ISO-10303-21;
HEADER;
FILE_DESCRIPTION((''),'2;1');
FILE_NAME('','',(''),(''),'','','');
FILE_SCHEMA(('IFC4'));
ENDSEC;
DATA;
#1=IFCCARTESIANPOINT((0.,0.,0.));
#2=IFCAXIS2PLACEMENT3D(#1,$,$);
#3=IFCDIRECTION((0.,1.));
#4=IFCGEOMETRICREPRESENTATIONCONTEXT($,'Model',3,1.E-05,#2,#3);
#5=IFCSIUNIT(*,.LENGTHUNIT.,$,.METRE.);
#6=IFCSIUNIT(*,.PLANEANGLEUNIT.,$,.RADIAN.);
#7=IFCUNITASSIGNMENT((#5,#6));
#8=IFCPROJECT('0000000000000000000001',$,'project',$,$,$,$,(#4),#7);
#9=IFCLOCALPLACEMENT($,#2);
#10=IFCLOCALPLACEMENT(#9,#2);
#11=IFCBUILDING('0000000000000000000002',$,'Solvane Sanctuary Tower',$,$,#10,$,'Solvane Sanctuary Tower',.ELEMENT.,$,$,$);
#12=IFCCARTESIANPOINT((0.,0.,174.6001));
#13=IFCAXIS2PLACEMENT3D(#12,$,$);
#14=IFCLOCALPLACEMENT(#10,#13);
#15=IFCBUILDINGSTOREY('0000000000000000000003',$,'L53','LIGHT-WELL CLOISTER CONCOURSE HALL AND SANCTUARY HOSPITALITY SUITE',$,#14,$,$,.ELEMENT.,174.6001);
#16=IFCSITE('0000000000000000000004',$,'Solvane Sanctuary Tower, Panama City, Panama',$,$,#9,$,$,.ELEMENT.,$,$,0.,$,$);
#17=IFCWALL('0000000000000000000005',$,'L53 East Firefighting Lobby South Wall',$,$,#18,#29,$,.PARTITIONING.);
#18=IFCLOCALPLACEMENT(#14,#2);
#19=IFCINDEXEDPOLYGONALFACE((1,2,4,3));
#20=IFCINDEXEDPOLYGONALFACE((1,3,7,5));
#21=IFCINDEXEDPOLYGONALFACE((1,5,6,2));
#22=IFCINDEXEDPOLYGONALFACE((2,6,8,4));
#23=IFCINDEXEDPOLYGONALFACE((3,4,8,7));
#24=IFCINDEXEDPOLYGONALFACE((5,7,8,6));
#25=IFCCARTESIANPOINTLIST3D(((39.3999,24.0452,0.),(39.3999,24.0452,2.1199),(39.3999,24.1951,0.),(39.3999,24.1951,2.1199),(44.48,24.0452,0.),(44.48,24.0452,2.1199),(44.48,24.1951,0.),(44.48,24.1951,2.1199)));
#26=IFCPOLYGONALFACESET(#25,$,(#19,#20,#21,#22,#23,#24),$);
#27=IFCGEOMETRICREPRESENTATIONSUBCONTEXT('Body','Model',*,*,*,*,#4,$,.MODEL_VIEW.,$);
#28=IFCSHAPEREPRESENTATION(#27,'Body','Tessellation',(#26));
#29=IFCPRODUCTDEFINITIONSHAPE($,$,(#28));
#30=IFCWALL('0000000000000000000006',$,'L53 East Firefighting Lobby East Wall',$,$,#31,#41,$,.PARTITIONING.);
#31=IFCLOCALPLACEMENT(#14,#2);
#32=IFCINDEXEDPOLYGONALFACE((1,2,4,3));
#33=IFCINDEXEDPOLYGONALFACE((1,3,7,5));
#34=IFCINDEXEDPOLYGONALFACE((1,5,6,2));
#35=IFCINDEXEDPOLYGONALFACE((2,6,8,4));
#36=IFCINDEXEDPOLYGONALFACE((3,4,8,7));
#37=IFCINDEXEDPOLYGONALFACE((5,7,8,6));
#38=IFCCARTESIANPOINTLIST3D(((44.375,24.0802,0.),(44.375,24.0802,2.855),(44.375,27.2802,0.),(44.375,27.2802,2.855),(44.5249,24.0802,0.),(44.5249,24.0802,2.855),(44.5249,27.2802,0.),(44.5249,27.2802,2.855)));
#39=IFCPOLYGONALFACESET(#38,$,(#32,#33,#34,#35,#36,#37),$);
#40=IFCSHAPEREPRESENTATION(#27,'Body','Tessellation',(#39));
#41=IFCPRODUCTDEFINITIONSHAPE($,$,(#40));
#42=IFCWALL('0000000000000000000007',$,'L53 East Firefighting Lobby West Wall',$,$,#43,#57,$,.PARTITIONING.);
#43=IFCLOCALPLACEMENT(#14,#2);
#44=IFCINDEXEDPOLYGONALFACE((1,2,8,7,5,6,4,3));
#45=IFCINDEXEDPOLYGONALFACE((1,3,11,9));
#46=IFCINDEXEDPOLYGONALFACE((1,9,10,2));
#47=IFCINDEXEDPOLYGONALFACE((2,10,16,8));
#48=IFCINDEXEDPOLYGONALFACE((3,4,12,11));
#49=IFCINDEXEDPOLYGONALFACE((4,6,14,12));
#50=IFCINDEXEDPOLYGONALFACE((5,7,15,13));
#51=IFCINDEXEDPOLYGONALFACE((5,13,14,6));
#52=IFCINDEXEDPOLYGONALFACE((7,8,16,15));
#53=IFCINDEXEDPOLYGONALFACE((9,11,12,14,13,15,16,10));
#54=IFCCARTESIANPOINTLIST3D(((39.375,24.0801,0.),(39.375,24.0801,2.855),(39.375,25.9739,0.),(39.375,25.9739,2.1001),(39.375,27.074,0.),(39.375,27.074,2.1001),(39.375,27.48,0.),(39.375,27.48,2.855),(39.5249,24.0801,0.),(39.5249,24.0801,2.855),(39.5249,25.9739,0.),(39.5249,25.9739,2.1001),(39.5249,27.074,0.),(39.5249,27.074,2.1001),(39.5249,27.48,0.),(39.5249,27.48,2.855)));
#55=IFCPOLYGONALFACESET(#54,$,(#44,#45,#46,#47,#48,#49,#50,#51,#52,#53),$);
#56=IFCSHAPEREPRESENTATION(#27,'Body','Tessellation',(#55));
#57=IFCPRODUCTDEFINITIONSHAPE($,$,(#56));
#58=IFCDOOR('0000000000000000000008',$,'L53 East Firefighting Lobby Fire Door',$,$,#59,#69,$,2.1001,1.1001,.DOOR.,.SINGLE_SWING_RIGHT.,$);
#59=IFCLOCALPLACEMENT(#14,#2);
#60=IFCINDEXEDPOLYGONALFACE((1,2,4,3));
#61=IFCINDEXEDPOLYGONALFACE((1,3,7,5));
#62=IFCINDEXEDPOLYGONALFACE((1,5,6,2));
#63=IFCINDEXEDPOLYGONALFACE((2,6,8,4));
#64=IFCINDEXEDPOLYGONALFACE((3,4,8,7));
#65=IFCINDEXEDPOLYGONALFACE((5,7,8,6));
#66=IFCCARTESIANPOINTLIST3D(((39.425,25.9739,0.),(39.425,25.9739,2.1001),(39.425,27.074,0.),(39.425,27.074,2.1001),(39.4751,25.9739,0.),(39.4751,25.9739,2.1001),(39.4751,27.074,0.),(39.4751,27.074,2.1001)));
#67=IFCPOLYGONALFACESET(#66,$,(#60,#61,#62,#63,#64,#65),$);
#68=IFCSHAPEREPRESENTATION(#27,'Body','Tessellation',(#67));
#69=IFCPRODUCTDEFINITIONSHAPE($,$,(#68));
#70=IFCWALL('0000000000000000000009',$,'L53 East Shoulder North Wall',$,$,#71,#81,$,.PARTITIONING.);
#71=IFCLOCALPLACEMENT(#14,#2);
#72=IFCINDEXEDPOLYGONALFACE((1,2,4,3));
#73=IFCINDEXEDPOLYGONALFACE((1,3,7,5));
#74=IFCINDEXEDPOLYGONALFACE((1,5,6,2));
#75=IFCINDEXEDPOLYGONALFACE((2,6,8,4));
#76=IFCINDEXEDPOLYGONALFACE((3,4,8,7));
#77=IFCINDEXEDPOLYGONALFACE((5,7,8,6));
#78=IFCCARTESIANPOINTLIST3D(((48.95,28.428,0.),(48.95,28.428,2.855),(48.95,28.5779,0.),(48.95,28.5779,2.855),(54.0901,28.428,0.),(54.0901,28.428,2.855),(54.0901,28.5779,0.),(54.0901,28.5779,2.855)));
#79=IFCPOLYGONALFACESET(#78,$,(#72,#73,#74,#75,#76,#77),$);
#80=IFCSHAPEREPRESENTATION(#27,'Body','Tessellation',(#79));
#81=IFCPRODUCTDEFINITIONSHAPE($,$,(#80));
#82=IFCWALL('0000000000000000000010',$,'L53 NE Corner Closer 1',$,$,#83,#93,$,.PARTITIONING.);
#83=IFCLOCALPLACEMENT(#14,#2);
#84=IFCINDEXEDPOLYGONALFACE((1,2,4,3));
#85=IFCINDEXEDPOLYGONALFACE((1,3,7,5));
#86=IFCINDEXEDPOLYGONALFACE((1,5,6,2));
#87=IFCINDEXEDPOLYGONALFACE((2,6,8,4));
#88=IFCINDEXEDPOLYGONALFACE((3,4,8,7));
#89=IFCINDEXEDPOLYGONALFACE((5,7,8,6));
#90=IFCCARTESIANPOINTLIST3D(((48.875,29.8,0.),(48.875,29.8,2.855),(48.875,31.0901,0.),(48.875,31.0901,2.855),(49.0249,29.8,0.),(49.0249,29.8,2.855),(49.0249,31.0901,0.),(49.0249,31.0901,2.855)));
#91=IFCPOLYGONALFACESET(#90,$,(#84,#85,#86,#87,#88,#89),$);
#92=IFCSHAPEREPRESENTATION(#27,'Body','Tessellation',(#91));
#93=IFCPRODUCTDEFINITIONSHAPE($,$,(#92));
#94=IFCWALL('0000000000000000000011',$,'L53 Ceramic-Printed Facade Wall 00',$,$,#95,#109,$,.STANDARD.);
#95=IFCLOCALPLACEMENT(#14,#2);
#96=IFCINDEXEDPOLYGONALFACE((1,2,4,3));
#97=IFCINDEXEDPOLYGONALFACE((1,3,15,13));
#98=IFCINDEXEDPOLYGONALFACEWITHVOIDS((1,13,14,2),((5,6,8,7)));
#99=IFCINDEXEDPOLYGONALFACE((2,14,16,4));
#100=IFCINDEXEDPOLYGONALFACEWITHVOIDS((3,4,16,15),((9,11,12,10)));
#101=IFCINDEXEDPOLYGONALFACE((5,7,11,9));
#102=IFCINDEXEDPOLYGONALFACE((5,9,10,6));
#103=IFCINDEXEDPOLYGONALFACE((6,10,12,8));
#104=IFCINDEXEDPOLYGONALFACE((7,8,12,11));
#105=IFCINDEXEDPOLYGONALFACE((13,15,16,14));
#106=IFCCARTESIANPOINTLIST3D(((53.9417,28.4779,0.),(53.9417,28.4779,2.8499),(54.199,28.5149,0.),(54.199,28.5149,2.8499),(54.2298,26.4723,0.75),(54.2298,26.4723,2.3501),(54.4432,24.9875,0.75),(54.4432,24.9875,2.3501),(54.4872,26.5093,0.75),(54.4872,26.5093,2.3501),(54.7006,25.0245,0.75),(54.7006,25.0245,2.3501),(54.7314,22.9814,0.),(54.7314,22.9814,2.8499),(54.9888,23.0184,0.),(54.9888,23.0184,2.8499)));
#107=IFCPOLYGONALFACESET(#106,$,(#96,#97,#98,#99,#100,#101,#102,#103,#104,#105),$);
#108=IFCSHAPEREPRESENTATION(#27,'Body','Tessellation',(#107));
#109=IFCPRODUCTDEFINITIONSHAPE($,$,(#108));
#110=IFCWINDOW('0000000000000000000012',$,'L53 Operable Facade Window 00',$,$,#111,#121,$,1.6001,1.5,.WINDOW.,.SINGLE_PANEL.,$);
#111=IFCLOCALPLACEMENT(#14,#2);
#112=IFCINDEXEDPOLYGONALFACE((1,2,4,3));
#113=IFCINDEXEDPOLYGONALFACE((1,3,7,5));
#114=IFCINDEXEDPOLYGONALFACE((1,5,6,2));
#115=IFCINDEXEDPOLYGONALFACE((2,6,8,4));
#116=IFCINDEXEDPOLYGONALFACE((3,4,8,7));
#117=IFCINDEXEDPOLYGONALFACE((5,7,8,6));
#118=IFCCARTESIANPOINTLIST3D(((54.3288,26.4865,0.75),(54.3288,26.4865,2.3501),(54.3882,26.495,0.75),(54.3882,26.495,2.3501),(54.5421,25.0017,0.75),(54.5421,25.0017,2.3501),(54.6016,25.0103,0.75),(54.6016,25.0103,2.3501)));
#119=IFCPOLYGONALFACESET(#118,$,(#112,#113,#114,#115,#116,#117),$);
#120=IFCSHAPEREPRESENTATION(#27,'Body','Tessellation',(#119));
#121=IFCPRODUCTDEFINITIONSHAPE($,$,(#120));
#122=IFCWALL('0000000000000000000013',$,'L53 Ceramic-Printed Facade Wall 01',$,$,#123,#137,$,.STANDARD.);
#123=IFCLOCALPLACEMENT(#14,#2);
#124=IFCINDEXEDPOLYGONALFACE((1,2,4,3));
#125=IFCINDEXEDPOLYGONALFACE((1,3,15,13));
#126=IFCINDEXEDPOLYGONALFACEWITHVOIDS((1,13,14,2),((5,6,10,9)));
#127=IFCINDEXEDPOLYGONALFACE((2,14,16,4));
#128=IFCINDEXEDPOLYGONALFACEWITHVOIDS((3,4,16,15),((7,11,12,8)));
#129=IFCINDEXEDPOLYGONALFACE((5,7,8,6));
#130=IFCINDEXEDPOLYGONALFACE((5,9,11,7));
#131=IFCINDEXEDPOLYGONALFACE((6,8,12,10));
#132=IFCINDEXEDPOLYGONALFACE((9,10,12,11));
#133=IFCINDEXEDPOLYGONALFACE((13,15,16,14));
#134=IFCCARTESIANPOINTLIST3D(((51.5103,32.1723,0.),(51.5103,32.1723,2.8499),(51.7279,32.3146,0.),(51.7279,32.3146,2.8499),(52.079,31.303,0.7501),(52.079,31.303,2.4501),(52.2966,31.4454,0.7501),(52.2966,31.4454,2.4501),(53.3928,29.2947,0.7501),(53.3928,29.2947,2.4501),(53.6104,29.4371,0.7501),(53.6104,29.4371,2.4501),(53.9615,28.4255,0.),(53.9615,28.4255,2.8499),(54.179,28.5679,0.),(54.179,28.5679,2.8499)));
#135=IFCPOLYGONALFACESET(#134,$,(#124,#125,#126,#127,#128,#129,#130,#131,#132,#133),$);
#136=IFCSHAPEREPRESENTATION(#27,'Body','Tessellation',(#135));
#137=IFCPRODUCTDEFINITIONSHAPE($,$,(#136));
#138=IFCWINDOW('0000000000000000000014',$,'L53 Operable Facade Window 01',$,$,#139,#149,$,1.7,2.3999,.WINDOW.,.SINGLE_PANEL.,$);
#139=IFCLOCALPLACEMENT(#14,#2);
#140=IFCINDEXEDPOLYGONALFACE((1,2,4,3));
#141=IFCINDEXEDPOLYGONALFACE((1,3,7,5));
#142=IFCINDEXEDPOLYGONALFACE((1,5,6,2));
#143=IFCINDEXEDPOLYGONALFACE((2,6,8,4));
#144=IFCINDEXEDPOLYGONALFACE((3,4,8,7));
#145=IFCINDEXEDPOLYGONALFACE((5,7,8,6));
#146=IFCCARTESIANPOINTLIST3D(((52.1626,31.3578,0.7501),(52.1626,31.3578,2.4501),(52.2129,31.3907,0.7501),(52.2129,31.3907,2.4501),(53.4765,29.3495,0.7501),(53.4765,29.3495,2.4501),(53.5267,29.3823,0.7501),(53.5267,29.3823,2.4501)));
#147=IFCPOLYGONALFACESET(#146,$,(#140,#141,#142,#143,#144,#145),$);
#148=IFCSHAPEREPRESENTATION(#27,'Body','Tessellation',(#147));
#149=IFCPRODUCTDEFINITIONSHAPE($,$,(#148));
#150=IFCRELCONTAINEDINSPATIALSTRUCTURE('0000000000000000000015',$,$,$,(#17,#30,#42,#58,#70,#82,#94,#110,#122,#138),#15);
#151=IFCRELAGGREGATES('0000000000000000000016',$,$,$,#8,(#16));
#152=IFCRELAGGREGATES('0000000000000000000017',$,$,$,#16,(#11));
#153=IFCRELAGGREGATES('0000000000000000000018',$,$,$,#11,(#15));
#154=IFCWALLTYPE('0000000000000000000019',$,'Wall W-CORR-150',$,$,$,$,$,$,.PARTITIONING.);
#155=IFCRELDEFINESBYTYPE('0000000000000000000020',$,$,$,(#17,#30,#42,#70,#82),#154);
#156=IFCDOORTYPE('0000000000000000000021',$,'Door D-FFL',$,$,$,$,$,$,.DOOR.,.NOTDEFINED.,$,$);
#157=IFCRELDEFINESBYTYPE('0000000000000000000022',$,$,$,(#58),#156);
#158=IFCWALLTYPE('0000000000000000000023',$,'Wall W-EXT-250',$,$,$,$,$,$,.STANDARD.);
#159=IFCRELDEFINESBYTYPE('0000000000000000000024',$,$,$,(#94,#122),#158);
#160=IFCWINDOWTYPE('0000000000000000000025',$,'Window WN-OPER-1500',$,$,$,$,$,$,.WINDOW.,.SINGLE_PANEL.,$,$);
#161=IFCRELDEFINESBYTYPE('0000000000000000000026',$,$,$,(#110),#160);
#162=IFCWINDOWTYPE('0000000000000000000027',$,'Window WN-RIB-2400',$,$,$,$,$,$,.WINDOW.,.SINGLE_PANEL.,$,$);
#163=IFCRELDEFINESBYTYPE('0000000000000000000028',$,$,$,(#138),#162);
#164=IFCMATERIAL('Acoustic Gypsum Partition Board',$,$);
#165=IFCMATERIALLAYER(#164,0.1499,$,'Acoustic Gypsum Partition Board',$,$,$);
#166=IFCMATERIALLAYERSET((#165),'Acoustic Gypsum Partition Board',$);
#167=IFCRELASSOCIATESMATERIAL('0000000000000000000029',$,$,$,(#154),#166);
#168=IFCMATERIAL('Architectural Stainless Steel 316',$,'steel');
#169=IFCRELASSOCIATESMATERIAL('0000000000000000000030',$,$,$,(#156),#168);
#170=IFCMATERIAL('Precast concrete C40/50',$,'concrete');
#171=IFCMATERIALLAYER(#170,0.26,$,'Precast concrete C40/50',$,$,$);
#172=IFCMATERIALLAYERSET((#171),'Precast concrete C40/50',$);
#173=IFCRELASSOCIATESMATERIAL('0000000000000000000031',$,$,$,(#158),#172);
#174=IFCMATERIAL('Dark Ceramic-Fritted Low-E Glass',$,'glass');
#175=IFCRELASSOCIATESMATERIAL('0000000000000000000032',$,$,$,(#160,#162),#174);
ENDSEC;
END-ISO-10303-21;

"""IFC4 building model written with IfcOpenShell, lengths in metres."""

from ifc_helpers import new_model, si_unit, direction, frame, frame_2d, origin, place, context, subcontext, project, spatial, rectangle, extrude, material, layer, layer_set, type_object, element, fill, save


model = new_model("IFC4")

# Units and contexts
model_context = context("Model", 3, precision=1e-05, world=origin(), true_north=direction((0.0, 1.0)))
body_context = subcontext(model_context, "Body", "Model", "MODEL_VIEW")
ifc_project = project(units=[si_unit("LENGTHUNIT", "METRE"), si_unit("PLANEANGLEUNIT", "RADIAN")], contexts=[model_context])

# Site, building, storey
site_placement = place(None, origin())
site = spatial("IfcSite", under=ifc_project, at=site_placement, Name="Solvane Sanctuary Tower, Panama City, Panama", CompositionType="ELEMENT", RefElevation=0.0)
building_placement = place(site_placement, origin())
building = spatial("IfcBuilding", under=site, at=building_placement, Name="Solvane Sanctuary Tower", LongName="Solvane Sanctuary Tower", CompositionType="ELEMENT")
storey_placement = place(building_placement, frame((0.0, 0.0, 174.6001)))
storey = spatial("IfcBuildingStorey", under=building, at=storey_placement, Name="L53", Description="LIGHT-WELL CLOISTER CONCOURSE HALL AND SANCTUARY HOSPITALITY SUITE", CompositionType="ELEMENT", Elevation=174.6001)

# Walls
ifc_material_1 = material(Name="Acoustic Gypsum Partition Board")
ifc_layer_1 = layer(ifc_material_1, 0.1499, Name="Acoustic Gypsum Partition Board")
ifc_layer_set_1 = layer_set([ifc_layer_1], Name="Acoustic Gypsum Partition Board")
wall_type_1 = type_object("IfcWallType", Name="Wall W-CORR-150", PredefinedType="PARTITIONING", material=ifc_layer_set_1)
wall_1_placement = place(storey_placement, frame((39.3999, 24.1201, 0.0), z_axis=(0.0, 0.0, 1.0), x_axis=(1.0, 0.0, 0.0)))
element("IfcWall", 1, at=wall_1_placement, inside=storey, type_object=wall_type_1, Name="L53 East Firefighting Lobby South Wall", PredefinedType="PARTITIONING", context=body_context, shape_type="SweptSolid", body=[
    extrude(rectangle(XDim=5.0801, YDim=0.1499, at=frame_2d((2.54, 0.0))), origin(), (0.0, 0.0, 1.0), 2.1199),
])
wall_2_placement = place(storey_placement, frame((44.45, 24.0801, 0.0), z_axis=(0.0, 0.0, 1.0), x_axis=(0.0, 1.0, 0.0)))
element("IfcWall", 2, at=wall_2_placement, inside=storey, type_object=wall_type_1, Name="L53 East Firefighting Lobby East Wall", PredefinedType="PARTITIONING", context=body_context, shape_type="SweptSolid", body=[
    extrude(rectangle(XDim=3.2, YDim=0.1499, at=frame_2d((1.6001, 0.0))), origin(), (0.0, 0.0, 1.0), 2.855),
])

# Wall, opening, door
wall_3_placement = place(storey_placement, frame((39.45, 24.0801, 0.0), z_axis=(0.0, 0.0, 1.0), x_axis=(0.0, 1.0, 0.0)))
wall_3 = element("IfcWall", 3, at=wall_3_placement, inside=storey, type_object=wall_type_1, Name="L53 East Firefighting Lobby West Wall", PredefinedType="PARTITIONING", context=body_context, shape_type="SweptSolid", body=[
    extrude(rectangle(XDim=3.3999, YDim=0.1499, at=frame_2d((1.7, 0.0))), origin(), (0.0, 0.0, 1.0), 2.855),
])
opening_1_placement = place(wall_3_placement, frame((1.8938, 0.0, 0.0)))
opening_1 = element("IfcOpeningElement", 4, at=opening_1_placement, cuts=wall_3, PredefinedType="OPENING", context=body_context, shape_type="SweptSolid", body=[
    extrude(rectangle(XDim=1.1001, YDim=2.1001, at=frame_2d((0.55, 1.05))), frame((0.0, 0.085, 0.0), z_axis=(0.0, -1.0, 0.0), x_axis=(1.0, 0.0, 0.0)), (0.0, 0.0, 1.0), 0.1699),
])
ifc_material_2 = material(Name="Architectural Stainless Steel 316", Category="steel")
door_type_1 = type_object("IfcDoorType", Name="Door D-FFL", OperationType="NOTDEFINED", PredefinedType="DOOR", material=ifc_material_2)
door_1_placement = place(opening_1_placement, origin())
door_1 = element("IfcDoor", 5, at=door_1_placement, inside=storey, type_object=door_type_1, Name="L53 East Firefighting Lobby Fire Door", OperationType="SINGLE_SWING_RIGHT", OverallHeight=2.1001, OverallWidth=1.1001, PredefinedType="DOOR", context=body_context, shape_type="SweptSolid", body=[
    extrude(rectangle(XDim=1.1001, YDim=2.1001, at=frame_2d((0.55, 1.05))), frame((0.0, 0.0249, 0.0), z_axis=(0.0, -1.0, 0.0), x_axis=(1.0, 0.0, 0.0)), (0.0, 0.0, 1.0), 0.05),
])
fill(opening_1, door_1)

# Walls
wall_4_placement = place(storey_placement, frame((48.95, 28.5029, 0.0), z_axis=(0.0, 0.0, 1.0), x_axis=(1.0, 0.0, 0.0)))
element("IfcWall", 6, at=wall_4_placement, inside=storey, type_object=wall_type_1, Name="L53 East Shoulder North Wall", PredefinedType="PARTITIONING", context=body_context, shape_type="SweptSolid", body=[
    extrude(rectangle(XDim=5.1401, YDim=0.1499, at=frame_2d((2.5701, 0.0))), origin(), (0.0, 0.0, 1.0), 2.855),
])
wall_5_placement = place(storey_placement, frame((48.95, 29.8, 0.0), z_axis=(0.0, 0.0, 1.0), x_axis=(0.0, 1.0, 0.0)))
element("IfcWall", 7, at=wall_5_placement, inside=storey, type_object=wall_type_1, Name="L53 NE Corner Closer 1", PredefinedType="PARTITIONING", context=body_context, shape_type="SweptSolid", body=[
    extrude(rectangle(XDim=1.29, YDim=0.1499, at=frame_2d((0.645, 0.0))), origin(), (0.0, 0.0, 1.0), 2.855),
])

# Walls, openings, windows
ifc_material_3 = material(Name="Precast concrete C40/50", Category="concrete")
ifc_layer_2 = layer(ifc_material_3, 0.26, Name="Precast concrete C40/50")
ifc_layer_set_2 = layer_set([ifc_layer_2], Name="Precast concrete C40/50")
wall_type_2 = type_object("IfcWallType", Name="Wall W-EXT-250", PredefinedType="STANDARD", material=ifc_layer_set_2)
wall_6_placement = place(storey_placement, frame((54.8601, 23.0, 0.0), z_axis=(0.0, 0.0, 1.0), x_axis=(-0.142228, 0.989834, 0.0)))
wall_6 = element("IfcWall", 8, at=wall_6_placement, inside=storey, type_object=wall_type_2, Name="L53 Ceramic-Printed Facade Wall 00", PredefinedType="STANDARD", context=body_context, shape_type="SweptSolid", body=[
    extrude(rectangle(XDim=5.553, YDim=0.26, at=frame_2d((2.7764, 0.0))), origin(), (0.0, 0.0, 1.0), 2.8499),
])
opening_2_placement = place(wall_6_placement, frame((2.0266, 0.0, 0.75)))
opening_2 = element("IfcOpeningElement", 9, at=opening_2_placement, cuts=wall_6, PredefinedType="OPENING", context=body_context, shape_type="SweptSolid", body=[
    extrude(rectangle(XDim=1.5, YDim=1.6001, at=frame_2d((0.75, 0.8))), frame((0.0, 0.1399, 0.0), z_axis=(0.0, -1.0, 0.0), x_axis=(1.0, 0.0, 0.0)), (0.0, 0.0, 1.0), 0.28),
])
ifc_material_4 = material(Name="Dark Ceramic-Fritted Low-E Glass", Category="glass")
window_type_1 = type_object("IfcWindowType", Name="Window WN-OPER-1500", PartitioningType="SINGLE_PANEL", PredefinedType="WINDOW", material=ifc_material_4)
window_1_placement = place(opening_2_placement, origin())
window_1 = element("IfcWindow", 10, at=window_1_placement, inside=storey, type_object=window_type_1, Name="L53 Operable Facade Window 00", OverallHeight=1.6001, OverallWidth=1.5, PartitioningType="SINGLE_PANEL", PredefinedType="WINDOW", context=body_context, shape_type="SweptSolid", body=[
    extrude(rectangle(XDim=1.5, YDim=1.6001, at=frame_2d((0.75, 0.8))), frame((0.0, 0.03, 0.0), z_axis=(0.0, -1.0, 0.0), x_axis=(1.0, 0.0, 0.0)), (0.0, 0.0, 1.0), 0.0601),
])
fill(opening_2, window_1)
wall_7_placement = place(storey_placement, frame((54.0703, 28.4966, 0.0), z_axis=(0.0, 0.0, 1.0), x_axis=(-0.547456, 0.836834, 0.0)))
wall_7 = element("IfcWall", 11, at=wall_7_placement, inside=storey, type_object=wall_type_2, Name="L53 Ceramic-Printed Facade Wall 01", PredefinedType="STANDARD", context=body_context, shape_type="SweptSolid", body=[
    extrude(rectangle(XDim=4.4773, YDim=0.26, at=frame_2d((2.2388, 0.0))), origin(), (0.0, 0.0, 1.0), 2.8499),
])
opening_3_placement = place(wall_7_placement, frame((1.0388, 0.0, 0.75)))
opening_3 = element("IfcOpeningElement", 12, at=opening_3_placement, cuts=wall_7, PredefinedType="OPENING", context=body_context, shape_type="SweptSolid", body=[
    extrude(rectangle(XDim=2.3999, YDim=1.7, at=frame_2d((1.2, 0.8501))), frame((0.0, 0.1399, 0.0), z_axis=(0.0, -1.0, 0.0), x_axis=(1.0, 0.0, 0.0)), (0.0, 0.0, 1.0), 0.28),
])
window_type_2 = type_object("IfcWindowType", Name="Window WN-RIB-2400", PartitioningType="SINGLE_PANEL", PredefinedType="WINDOW", material=ifc_material_4)
window_2_placement = place(opening_3_placement, origin())
window_2 = element("IfcWindow", 13, at=window_2_placement, inside=storey, type_object=window_type_2, Name="L53 Operable Facade Window 01", OverallHeight=1.7, OverallWidth=2.3999, PartitioningType="SINGLE_PANEL", PredefinedType="WINDOW", context=body_context, shape_type="SweptSolid", body=[
    extrude(rectangle(XDim=2.3999, YDim=1.7, at=frame_2d((1.2, 0.8501))), frame((0.0, 0.03, 0.0), z_axis=(0.0, -1.0, 0.0), x_axis=(1.0, 0.0, 0.0)), (0.0, 0.0, 1.0), 0.0601),
])
fill(opening_3, window_2)

save(model, "model.ifc")
